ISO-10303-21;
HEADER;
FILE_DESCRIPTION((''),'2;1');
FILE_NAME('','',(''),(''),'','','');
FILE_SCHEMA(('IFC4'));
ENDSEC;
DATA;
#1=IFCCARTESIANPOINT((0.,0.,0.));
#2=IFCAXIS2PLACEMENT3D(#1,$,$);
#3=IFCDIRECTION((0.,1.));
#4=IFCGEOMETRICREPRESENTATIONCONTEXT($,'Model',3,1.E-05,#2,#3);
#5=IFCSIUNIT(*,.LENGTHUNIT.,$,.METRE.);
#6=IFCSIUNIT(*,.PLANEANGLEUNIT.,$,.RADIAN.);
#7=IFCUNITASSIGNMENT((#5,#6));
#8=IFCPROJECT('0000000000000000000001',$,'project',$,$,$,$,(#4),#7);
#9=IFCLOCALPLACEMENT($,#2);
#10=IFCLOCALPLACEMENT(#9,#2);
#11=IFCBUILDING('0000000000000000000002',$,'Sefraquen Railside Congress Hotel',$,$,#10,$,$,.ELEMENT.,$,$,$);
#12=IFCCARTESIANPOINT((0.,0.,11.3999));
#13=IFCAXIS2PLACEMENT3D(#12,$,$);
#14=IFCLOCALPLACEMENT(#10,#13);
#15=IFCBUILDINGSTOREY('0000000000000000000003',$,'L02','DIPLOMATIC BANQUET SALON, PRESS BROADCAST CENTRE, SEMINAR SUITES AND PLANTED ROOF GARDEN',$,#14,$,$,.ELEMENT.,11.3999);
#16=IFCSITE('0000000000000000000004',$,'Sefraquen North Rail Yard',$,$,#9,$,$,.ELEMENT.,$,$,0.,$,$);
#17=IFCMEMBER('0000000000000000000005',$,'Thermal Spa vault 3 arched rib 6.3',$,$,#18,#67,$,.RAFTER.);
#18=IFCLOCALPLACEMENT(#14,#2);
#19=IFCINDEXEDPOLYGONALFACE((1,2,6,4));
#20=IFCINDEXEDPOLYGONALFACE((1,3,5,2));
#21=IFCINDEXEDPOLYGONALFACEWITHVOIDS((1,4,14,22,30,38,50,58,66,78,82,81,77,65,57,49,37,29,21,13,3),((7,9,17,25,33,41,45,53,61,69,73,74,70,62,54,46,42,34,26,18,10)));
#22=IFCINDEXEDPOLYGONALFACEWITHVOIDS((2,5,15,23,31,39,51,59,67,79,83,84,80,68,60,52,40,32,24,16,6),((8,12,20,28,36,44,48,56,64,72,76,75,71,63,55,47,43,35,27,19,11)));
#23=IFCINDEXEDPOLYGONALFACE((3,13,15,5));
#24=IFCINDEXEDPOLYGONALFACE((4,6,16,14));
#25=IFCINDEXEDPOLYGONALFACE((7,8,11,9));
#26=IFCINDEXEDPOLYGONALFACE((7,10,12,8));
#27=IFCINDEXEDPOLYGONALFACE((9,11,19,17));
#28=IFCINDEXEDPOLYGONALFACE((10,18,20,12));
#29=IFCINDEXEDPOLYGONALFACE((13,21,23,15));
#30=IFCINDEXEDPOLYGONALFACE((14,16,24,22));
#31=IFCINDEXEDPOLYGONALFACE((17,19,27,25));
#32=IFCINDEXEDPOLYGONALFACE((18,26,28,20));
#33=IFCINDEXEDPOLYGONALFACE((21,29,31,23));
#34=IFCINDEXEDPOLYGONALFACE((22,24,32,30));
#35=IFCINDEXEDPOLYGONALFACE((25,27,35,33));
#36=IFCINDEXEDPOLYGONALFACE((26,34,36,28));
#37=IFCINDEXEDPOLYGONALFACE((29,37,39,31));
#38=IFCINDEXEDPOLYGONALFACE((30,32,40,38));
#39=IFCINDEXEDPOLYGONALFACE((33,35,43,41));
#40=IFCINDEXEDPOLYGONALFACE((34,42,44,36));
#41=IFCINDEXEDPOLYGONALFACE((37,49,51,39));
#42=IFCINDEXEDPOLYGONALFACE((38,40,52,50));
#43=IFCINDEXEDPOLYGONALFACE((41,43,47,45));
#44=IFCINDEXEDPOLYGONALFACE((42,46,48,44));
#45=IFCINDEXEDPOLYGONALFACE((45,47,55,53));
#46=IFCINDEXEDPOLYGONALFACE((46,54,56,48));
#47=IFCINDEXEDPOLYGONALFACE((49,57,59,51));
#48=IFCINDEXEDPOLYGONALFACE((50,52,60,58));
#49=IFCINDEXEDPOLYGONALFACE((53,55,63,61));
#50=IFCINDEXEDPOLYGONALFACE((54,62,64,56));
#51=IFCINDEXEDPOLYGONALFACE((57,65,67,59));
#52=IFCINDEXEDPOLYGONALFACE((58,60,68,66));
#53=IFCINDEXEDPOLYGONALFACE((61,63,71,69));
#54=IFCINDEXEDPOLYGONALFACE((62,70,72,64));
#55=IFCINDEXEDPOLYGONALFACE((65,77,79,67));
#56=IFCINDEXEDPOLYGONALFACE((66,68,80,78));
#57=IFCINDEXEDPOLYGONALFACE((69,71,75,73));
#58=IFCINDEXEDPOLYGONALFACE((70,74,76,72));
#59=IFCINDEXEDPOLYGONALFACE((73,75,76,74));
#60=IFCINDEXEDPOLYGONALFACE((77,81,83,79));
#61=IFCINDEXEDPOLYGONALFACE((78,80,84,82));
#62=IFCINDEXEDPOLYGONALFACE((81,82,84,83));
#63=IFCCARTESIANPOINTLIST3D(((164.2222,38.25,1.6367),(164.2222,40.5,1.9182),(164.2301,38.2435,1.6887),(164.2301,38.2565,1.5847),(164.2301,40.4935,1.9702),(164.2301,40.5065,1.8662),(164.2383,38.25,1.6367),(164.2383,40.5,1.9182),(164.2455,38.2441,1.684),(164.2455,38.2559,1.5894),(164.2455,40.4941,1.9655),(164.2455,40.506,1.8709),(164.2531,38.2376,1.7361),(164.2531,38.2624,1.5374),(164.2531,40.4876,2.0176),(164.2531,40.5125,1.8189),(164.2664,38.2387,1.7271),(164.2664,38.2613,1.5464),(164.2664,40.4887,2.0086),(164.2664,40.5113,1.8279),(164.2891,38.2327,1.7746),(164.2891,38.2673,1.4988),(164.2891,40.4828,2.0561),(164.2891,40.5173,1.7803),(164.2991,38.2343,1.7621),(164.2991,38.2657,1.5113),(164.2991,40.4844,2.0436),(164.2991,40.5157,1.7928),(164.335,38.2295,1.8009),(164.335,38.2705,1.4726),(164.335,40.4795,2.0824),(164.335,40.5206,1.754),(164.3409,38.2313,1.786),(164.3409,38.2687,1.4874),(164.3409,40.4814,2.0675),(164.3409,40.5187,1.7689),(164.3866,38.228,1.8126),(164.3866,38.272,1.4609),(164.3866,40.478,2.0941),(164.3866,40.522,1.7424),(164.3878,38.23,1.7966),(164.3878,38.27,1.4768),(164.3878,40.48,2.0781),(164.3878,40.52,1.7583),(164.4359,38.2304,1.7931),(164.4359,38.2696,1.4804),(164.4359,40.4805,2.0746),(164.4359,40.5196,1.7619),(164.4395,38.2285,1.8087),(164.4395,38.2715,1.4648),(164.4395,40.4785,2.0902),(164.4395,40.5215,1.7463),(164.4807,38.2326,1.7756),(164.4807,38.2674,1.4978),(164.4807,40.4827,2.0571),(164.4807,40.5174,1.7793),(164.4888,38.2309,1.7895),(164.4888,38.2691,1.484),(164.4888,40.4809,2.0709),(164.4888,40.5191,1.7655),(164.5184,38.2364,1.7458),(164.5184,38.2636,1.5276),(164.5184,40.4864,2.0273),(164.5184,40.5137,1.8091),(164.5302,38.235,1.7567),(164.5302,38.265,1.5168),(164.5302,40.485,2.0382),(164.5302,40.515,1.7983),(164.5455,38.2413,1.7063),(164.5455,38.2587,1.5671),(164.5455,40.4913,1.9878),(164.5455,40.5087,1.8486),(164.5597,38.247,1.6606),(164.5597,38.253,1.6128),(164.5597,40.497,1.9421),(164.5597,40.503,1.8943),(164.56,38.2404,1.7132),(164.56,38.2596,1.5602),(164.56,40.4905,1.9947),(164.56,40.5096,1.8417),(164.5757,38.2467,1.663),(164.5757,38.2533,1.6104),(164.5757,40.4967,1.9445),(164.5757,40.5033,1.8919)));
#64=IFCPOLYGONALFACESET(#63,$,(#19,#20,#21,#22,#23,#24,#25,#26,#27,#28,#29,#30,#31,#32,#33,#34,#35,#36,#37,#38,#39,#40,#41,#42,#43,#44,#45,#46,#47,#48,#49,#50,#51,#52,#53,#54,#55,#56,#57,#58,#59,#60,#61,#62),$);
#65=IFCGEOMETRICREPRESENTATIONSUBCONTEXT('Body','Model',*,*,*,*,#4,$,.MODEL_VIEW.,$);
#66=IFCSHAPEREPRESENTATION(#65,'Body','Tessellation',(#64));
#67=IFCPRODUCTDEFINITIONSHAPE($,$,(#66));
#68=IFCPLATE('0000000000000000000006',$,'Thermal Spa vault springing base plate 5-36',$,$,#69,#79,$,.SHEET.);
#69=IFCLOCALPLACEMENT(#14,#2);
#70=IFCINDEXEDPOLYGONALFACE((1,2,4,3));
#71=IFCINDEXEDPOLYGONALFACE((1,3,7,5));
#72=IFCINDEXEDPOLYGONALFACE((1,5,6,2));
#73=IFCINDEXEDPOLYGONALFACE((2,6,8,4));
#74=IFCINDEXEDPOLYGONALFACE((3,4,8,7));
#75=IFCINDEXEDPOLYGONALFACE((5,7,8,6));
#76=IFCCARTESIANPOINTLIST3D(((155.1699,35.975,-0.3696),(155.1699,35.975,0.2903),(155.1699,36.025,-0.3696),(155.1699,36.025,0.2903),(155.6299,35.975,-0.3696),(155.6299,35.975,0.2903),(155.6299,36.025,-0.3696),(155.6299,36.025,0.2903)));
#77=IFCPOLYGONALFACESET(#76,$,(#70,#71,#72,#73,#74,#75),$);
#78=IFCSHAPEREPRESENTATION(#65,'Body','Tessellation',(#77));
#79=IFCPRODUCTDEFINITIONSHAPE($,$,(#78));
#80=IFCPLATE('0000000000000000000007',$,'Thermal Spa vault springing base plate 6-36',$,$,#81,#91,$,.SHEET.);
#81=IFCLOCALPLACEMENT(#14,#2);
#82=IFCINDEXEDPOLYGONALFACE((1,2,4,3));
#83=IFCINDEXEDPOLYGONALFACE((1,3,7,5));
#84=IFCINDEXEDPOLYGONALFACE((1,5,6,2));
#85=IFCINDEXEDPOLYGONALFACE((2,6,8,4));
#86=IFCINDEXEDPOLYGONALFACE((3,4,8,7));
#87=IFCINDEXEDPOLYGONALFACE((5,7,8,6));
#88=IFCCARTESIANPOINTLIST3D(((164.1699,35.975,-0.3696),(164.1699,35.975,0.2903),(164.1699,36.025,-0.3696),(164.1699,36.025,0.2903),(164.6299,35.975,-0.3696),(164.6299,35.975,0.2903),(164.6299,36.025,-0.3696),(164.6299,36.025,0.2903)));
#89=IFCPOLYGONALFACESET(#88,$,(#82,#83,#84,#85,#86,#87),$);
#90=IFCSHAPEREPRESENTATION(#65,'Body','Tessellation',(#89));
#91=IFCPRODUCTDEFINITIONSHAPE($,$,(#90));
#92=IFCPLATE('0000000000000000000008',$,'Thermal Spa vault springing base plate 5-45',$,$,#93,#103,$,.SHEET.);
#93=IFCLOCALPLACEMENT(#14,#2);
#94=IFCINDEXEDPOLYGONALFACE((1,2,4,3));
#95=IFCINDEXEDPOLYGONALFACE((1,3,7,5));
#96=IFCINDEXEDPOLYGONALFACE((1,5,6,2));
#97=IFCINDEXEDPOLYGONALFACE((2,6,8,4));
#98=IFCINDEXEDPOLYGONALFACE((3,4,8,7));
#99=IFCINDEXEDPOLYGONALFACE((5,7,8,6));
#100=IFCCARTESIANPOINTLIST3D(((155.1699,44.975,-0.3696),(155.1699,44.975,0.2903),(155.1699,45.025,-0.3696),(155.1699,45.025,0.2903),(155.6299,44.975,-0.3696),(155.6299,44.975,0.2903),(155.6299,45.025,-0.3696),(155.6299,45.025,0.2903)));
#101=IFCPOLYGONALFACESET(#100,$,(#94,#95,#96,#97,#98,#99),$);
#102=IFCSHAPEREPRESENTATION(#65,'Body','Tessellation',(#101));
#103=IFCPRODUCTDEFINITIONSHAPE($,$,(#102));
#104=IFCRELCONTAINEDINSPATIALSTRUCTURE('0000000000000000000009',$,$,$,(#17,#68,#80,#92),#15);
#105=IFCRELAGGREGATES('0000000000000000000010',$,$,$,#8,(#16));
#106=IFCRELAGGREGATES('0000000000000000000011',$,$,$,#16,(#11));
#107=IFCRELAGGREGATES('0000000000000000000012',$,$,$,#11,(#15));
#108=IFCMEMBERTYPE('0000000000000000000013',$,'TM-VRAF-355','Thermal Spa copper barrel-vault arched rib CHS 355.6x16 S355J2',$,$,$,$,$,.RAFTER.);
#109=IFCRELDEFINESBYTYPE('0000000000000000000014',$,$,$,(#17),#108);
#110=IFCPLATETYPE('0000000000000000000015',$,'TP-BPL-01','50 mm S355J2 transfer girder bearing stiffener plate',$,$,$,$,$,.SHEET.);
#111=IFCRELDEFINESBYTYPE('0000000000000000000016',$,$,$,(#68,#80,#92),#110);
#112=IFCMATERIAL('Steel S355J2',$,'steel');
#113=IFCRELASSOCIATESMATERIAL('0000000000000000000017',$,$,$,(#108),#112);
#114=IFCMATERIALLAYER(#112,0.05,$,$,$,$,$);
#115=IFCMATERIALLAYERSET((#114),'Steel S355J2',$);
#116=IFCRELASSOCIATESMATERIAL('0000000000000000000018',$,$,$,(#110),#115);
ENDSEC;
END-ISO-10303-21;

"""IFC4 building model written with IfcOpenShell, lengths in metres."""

from ifc_helpers import new_model, si_unit, direction, frame, origin, origin_2d, place, context, subcontext, project, spatial, rectangle, hollow_circle, extrude, material, layer, layer_set, material_profile, profile_set, type_object, element, save


model = new_model("IFC4")

# Units and contexts
model_context = context("Model", 3, precision=1e-05, world=origin(), true_north=direction((0.0, 1.0)))
body_context = subcontext(model_context, "Body", "Model", "MODEL_VIEW")
ifc_project = project(units=[si_unit("LENGTHUNIT", "METRE"), si_unit("PLANEANGLEUNIT", "RADIAN")], contexts=[model_context])

# Site, building, storey
site_placement = place(None, origin())
site = spatial("IfcSite", under=ifc_project, at=site_placement, Name="Sefraquen North Rail Yard", CompositionType="ELEMENT", RefElevation=0.0)
building_placement = place(site_placement, origin())
building = spatial("IfcBuilding", under=site, at=building_placement, Name="Sefraquen Railside Congress Hotel", CompositionType="ELEMENT")
storey_placement = place(building_placement, frame((0.0, 0.0, 11.3999)))
storey = spatial("IfcBuildingStorey", under=building, at=storey_placement, Name="L02", Description="DIPLOMATIC BANQUET SALON, PRESS BROADCAST CENTRE, SEMINAR SUITES AND PLANTED ROOF GARDEN", CompositionType="ELEMENT", Elevation=11.3999)

# Member
ifc_material_1 = material(Name="Steel S355J2", Category="steel")
ifc_material_profile_1 = material_profile(ifc_material_1, hollow_circle(Radius=0.1777, WallThickness=0.0161, at=origin_2d()), Name="CHS 355.6x16")
ifc_profile_set_1 = profile_set([ifc_material_profile_1], Name="Steel S355J2")
member_type = type_object("IfcMemberType", Name="TM-VRAF-355", Description="Thermal Spa copper barrel-vault arched rib CHS 355.6x16 S355J2", PredefinedType="RAFTER", material=ifc_profile_set_1)
member_1_placement = place(storey_placement, frame((164.3999, 38.25, 1.6367), z_axis=(0.0, 0.992265, 0.124141), x_axis=(-1.0, 0.0, 0.0)))
element("IfcMember", 1, at=member_1_placement, inside=storey, type_object=member_type, Name="Thermal Spa vault 3 arched rib 6.3", PredefinedType="RAFTER", context=body_context, shape_type="SweptSolid", body=[
    extrude(hollow_circle(Radius=0.1777, WallThickness=0.0161, at=origin_2d()), origin(), (0.0, 0.0, 1.0), 2.2676),
])

# Plates
ifc_layer = layer(ifc_material_1, 0.05)
ifc_layer_set = layer_set([ifc_layer], Name="Steel S355J2")
plate_type = type_object("IfcPlateType", Name="TP-BPL-01", Description="50 mm S355J2 transfer girder bearing stiffener plate", PredefinedType="SHEET", material=ifc_layer_set)
for number, where, z_axis, x_axis, name in (
    (2, (155.3999, 36.0, -0.3696), (0.0, 0.0, 1.0), (1.0, 0.0, 0.0), "Thermal Spa vault springing base plate 5-36"),
    (3, (164.3999, 36.0, -0.3696), (0.0, 0.0, 1.0), (1.0, 0.0, 0.0), "Thermal Spa vault springing base plate 6-36"),
    (4, (155.3999, 45.0, -0.3696), (0.0, 0.0, 1.0), (1.0, 0.0, 0.0), "Thermal Spa vault springing base plate 5-45"),
):
    element("IfcPlate", number, at=place(storey_placement, frame(where, z_axis=z_axis, x_axis=x_axis)), inside=storey, type_object=plate_type, Name=name, PredefinedType="SHEET", context=body_context, shape_type="SweptSolid", body=[
        extrude(rectangle(XDim=0.46, YDim=0.05, at=origin_2d()), origin(), (0.0, 0.0, 1.0), 0.6599),
    ])

save(model, "model.ifc")
